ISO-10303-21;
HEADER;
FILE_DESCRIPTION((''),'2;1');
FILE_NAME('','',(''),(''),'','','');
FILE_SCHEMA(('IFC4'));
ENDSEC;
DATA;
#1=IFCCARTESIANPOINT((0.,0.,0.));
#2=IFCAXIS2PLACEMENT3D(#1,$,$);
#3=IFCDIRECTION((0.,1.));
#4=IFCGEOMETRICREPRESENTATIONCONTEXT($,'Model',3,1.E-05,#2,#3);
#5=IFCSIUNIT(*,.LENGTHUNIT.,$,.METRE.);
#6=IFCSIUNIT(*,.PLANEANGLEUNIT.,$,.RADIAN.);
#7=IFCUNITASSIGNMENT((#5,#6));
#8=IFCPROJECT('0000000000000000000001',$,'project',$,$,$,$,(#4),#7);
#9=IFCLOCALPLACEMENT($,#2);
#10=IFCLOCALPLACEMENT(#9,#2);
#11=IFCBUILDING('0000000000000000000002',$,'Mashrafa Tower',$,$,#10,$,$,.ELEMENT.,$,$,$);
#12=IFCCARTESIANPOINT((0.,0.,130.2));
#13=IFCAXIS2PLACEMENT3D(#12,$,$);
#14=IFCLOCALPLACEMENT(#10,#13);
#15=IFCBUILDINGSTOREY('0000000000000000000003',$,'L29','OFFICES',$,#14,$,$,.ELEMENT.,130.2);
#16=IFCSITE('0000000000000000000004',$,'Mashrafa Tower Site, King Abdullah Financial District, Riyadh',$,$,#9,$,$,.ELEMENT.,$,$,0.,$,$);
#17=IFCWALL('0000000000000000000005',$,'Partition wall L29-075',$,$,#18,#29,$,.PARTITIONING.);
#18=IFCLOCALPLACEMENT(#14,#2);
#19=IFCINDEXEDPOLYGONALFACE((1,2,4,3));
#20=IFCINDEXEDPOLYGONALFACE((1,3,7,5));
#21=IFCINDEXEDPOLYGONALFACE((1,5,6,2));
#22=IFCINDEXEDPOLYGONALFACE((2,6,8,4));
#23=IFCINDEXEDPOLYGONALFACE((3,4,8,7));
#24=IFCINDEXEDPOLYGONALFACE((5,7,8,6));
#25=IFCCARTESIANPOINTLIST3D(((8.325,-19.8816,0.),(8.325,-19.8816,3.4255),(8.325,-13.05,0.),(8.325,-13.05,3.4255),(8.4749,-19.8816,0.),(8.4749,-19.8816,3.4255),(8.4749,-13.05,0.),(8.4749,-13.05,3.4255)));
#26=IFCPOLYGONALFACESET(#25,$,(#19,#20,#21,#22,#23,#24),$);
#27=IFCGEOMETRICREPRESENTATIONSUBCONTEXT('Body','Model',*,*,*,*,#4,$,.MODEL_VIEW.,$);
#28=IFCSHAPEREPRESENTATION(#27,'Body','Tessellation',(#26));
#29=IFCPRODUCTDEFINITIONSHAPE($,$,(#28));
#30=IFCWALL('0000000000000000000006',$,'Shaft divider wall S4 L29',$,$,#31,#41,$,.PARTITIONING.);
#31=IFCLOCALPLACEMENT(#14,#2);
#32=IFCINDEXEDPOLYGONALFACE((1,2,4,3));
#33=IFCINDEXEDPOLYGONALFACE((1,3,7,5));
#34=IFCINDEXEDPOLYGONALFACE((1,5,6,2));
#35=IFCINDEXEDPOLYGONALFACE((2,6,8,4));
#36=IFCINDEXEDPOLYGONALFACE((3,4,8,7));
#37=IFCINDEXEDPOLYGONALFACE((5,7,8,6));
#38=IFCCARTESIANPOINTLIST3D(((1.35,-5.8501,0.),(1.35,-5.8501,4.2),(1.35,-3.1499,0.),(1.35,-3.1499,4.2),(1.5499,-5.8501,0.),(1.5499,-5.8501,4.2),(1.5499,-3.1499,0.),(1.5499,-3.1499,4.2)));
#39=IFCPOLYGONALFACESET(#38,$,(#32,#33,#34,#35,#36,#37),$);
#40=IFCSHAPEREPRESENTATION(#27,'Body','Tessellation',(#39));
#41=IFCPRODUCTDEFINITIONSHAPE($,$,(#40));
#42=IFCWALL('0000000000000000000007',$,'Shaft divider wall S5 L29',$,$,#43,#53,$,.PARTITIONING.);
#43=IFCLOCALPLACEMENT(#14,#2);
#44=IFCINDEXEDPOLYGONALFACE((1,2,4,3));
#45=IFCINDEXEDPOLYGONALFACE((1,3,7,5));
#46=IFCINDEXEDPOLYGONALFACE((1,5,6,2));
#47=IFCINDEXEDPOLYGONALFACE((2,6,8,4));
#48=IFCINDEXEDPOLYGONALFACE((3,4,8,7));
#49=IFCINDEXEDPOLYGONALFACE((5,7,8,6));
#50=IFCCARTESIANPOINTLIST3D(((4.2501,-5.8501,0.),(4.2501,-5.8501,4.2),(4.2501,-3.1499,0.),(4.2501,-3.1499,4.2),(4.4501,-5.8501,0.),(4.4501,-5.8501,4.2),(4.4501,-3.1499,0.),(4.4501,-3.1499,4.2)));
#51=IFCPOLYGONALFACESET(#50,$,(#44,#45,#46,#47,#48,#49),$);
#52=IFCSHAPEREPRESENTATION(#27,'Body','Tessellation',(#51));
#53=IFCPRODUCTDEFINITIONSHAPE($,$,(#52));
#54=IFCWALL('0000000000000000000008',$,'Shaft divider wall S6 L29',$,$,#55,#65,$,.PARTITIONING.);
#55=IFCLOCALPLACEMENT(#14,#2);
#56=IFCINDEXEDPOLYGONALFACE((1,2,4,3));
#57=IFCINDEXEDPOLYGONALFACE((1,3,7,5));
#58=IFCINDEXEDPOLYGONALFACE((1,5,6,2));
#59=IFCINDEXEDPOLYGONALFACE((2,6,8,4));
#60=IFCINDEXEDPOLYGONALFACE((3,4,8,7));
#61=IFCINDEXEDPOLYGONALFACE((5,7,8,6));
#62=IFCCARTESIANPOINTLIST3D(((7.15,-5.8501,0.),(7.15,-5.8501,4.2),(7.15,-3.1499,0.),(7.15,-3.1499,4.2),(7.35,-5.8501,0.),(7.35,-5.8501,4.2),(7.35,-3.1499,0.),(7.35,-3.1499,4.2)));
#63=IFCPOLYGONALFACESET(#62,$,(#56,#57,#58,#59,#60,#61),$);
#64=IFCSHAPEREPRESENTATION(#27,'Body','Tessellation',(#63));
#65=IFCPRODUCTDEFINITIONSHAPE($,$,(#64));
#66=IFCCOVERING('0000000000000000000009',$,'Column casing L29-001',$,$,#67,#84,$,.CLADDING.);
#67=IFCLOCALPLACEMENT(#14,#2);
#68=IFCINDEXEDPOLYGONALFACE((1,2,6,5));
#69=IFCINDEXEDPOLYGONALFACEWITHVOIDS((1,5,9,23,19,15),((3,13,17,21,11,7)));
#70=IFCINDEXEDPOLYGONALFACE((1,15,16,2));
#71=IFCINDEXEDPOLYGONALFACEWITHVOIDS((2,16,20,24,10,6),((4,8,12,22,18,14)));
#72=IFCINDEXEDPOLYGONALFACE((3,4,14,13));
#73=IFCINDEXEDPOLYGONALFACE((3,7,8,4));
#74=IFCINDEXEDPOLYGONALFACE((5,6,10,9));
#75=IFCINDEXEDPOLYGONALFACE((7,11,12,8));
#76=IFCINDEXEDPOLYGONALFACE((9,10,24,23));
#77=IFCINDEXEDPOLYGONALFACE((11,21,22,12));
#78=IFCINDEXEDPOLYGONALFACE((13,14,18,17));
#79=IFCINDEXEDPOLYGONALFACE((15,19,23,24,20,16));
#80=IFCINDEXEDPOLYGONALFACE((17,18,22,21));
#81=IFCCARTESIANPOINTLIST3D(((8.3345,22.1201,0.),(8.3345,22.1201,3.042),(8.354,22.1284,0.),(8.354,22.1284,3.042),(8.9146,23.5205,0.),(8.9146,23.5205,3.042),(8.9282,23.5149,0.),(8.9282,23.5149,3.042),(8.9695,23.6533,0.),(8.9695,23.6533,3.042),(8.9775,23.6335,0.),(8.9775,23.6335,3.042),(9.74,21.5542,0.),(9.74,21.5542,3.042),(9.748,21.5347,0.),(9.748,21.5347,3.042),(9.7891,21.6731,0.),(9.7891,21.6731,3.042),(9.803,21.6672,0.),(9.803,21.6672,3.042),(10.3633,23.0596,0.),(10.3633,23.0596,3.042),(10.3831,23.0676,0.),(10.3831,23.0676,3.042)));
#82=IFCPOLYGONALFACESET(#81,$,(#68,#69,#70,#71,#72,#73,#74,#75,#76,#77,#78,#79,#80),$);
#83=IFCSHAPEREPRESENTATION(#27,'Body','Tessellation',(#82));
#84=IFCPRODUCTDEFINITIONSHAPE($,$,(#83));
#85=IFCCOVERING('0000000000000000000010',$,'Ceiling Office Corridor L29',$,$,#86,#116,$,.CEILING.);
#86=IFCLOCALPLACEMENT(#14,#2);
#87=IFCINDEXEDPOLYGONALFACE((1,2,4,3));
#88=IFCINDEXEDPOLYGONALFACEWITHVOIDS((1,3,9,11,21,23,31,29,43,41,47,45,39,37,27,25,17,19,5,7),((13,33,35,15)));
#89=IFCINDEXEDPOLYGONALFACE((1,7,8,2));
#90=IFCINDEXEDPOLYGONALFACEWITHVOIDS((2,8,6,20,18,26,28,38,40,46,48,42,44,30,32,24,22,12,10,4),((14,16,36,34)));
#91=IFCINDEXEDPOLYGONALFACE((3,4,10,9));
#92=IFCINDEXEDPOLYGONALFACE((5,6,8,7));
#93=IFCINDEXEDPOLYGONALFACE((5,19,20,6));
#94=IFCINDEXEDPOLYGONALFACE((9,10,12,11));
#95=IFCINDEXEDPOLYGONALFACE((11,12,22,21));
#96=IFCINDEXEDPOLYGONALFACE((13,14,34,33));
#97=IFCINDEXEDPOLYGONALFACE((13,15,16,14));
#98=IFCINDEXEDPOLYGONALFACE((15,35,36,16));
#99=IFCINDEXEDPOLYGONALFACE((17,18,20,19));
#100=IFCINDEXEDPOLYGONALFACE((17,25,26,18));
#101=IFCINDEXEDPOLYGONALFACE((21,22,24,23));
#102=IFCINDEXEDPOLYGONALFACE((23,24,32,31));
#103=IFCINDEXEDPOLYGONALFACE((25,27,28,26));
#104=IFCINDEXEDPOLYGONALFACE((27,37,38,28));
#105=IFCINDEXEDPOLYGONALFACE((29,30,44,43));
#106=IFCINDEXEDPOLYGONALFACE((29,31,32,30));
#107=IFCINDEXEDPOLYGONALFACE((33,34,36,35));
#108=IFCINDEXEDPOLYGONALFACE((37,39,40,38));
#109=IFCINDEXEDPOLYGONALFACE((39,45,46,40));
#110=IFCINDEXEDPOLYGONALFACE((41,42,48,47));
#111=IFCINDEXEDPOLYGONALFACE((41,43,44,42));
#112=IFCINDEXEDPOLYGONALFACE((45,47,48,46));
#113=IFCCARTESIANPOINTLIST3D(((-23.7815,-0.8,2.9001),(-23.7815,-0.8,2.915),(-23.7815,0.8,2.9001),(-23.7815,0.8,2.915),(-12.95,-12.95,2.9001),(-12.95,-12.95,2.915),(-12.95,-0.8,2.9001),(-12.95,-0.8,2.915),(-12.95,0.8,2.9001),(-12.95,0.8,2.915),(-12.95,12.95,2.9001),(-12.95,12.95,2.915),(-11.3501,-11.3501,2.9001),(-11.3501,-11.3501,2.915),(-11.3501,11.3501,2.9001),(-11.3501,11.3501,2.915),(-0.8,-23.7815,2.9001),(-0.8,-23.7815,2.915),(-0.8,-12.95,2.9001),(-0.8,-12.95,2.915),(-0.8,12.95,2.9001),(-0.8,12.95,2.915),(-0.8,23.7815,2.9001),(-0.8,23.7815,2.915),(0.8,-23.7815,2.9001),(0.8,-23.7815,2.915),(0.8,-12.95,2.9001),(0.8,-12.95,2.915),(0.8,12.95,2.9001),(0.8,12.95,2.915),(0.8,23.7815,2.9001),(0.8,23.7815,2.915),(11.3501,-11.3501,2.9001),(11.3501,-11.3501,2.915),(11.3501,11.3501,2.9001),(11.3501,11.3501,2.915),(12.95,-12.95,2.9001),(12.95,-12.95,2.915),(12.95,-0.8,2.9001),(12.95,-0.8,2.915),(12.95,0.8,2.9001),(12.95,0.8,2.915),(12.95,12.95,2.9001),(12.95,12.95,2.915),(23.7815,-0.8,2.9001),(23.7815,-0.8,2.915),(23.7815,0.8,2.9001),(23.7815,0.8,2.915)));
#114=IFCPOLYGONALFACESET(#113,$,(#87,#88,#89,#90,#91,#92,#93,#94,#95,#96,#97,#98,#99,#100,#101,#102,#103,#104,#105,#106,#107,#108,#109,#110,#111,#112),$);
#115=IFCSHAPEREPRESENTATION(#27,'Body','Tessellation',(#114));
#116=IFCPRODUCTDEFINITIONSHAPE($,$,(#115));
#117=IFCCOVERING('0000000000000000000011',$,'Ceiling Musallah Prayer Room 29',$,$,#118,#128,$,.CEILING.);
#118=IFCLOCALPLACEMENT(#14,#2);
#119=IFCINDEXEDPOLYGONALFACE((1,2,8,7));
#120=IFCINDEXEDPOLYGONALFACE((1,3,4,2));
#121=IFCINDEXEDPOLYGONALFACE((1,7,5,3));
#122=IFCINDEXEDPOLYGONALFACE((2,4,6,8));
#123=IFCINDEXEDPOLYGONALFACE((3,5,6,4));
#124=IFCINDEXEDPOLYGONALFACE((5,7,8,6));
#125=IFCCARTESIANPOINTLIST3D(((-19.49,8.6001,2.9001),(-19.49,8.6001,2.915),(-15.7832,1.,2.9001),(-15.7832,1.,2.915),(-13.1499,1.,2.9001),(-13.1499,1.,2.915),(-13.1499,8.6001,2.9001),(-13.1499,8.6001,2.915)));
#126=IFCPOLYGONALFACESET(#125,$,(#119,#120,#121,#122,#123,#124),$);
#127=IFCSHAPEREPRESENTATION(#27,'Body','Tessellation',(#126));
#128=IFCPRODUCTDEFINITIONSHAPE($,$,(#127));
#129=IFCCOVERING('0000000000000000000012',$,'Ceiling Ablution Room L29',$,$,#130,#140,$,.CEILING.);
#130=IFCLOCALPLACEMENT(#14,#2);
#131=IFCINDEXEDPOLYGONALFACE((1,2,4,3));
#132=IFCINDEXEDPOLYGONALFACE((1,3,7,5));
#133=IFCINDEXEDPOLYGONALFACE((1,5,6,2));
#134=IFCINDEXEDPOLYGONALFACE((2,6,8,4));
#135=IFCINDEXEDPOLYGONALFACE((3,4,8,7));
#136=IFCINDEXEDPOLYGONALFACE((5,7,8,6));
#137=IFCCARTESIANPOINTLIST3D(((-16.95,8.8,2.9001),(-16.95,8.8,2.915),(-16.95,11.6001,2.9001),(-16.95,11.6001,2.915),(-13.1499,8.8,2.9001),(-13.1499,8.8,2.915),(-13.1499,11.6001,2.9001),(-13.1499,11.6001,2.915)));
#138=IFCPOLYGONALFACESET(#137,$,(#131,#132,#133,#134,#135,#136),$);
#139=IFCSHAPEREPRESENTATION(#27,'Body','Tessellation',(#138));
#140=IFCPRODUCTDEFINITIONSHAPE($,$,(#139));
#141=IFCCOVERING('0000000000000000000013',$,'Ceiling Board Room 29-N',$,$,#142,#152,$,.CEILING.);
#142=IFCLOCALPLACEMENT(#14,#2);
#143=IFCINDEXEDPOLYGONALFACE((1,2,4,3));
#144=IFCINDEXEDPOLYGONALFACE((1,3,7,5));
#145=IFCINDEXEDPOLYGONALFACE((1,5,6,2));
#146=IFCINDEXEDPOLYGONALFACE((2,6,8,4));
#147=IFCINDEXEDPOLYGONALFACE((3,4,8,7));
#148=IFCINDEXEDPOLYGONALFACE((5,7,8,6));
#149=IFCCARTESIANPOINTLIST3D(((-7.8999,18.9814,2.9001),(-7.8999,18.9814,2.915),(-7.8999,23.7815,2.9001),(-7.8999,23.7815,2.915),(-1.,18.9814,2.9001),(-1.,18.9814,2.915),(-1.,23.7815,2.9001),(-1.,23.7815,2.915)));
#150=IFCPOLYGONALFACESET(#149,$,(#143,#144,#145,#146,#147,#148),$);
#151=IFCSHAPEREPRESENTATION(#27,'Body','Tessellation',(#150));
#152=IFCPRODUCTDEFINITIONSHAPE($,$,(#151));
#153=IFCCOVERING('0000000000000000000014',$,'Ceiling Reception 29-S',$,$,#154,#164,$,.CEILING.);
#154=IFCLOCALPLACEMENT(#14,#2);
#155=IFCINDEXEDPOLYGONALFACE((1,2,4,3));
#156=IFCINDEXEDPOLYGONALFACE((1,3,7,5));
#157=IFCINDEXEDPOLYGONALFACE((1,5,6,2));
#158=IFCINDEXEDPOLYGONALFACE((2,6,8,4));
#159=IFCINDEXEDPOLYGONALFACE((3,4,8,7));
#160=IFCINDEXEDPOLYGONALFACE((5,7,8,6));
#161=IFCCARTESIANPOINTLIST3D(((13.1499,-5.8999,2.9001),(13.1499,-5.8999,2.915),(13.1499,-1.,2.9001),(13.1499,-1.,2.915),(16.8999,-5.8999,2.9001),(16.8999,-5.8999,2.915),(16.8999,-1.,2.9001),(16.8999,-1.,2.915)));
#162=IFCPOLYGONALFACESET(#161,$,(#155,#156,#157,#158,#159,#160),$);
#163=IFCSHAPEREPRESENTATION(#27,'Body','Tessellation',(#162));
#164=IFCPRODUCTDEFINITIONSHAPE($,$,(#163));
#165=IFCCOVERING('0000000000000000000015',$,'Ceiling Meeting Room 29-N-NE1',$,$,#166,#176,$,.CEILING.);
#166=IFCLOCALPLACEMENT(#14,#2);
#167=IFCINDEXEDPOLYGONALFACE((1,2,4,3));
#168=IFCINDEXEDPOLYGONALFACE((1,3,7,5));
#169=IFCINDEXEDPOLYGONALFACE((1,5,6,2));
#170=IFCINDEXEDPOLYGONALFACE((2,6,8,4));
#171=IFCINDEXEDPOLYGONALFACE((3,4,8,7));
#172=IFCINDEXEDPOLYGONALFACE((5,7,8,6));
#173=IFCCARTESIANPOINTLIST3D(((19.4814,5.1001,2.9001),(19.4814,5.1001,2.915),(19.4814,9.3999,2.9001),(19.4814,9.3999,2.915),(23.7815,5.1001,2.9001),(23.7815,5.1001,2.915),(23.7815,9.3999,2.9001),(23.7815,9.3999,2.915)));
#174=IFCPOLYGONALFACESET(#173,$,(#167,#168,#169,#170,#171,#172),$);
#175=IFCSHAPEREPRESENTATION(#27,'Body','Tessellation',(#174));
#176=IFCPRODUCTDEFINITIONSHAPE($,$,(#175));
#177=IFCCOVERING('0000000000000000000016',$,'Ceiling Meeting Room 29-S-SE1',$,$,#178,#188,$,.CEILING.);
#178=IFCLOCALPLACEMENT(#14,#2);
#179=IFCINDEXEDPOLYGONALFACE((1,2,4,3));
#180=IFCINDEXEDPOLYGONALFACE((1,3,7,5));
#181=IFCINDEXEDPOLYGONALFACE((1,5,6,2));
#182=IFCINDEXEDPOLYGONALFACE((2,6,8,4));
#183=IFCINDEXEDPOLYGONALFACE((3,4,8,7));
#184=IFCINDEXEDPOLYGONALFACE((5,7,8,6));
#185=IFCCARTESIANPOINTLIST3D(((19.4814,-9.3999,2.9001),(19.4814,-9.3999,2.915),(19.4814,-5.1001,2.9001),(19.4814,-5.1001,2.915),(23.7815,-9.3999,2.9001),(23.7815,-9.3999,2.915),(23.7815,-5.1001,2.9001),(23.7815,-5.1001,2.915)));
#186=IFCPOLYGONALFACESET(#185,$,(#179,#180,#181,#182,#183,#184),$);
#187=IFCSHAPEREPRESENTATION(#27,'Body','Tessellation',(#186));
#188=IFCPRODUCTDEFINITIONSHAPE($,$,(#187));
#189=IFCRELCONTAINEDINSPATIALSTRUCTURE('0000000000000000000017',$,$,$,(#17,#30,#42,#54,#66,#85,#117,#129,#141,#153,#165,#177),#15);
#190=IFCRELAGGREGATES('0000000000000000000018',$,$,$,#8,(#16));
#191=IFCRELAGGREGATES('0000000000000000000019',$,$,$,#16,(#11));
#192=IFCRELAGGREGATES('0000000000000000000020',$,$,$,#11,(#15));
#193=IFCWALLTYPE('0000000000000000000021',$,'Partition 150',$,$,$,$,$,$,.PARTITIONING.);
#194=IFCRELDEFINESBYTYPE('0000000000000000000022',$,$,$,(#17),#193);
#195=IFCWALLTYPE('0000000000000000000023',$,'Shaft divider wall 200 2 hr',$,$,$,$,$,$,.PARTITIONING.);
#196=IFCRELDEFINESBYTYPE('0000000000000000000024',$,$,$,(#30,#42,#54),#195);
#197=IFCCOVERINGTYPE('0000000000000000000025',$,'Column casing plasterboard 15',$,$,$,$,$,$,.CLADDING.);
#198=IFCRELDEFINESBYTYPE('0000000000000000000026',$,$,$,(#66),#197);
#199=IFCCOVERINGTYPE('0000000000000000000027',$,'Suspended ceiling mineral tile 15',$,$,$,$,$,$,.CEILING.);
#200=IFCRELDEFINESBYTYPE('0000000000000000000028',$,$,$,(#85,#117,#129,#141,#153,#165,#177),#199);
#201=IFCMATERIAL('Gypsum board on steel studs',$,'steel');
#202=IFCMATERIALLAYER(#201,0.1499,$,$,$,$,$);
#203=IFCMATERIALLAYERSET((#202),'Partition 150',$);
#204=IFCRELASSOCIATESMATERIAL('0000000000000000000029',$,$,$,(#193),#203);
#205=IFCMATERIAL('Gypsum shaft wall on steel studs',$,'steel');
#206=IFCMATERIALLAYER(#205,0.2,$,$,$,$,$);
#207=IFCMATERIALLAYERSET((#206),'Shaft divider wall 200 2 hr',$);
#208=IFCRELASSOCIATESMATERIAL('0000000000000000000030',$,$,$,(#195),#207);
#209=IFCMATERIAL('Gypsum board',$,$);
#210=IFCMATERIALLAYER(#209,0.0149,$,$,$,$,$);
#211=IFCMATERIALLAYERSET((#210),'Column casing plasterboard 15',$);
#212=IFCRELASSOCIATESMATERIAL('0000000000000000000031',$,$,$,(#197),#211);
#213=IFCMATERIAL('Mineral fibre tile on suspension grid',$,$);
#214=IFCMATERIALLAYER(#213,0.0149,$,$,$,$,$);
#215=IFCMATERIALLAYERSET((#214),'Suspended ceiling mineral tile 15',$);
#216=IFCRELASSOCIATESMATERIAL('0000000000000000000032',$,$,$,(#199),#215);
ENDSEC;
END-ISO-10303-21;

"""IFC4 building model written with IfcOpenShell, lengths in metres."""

from ifc_helpers import new_model, si_unit, direction, frame, frame_2d, origin, place, context, subcontext, project, spatial, polyline, rectangle, outline, extrude, material, layer, layer_set, type_object, element, save


model = new_model("IFC4")

# Units and contexts
model_context = context("Model", 3, precision=1e-05, world=origin(), true_north=direction((0.0, 1.0)))
body_context = subcontext(model_context, "Body", "Model", "MODEL_VIEW")
ifc_project = project(units=[si_unit("LENGTHUNIT", "METRE"), si_unit("PLANEANGLEUNIT", "RADIAN")], contexts=[model_context])

# Site, building, storey
site_placement = place(None, origin())
site = spatial("IfcSite", under=ifc_project, at=site_placement, Name="Mashrafa Tower Site, King Abdullah Financial District, Riyadh", CompositionType="ELEMENT", RefElevation=0.0)
building_placement = place(site_placement, origin())
building = spatial("IfcBuilding", under=site, at=building_placement, Name="Mashrafa Tower", CompositionType="ELEMENT")
storey_placement = place(building_placement, frame((0.0, 0.0, 130.2)))
storey = spatial("IfcBuildingStorey", under=building, at=storey_placement, Name="L29", Description="OFFICES", CompositionType="ELEMENT", Elevation=130.2)

# Walls
ifc_material_1 = material(Name="Gypsum board on steel studs", Category="steel")
ifc_layer_1 = layer(ifc_material_1, 0.1499)
ifc_layer_set_1 = layer_set([ifc_layer_1], Name="Partition 150")
wall_type_1 = type_object("IfcWallType", Name="Partition 150", PredefinedType="PARTITIONING", material=ifc_layer_set_1)
wall_1_placement = place(storey_placement, frame((8.3999, -13.05, 0.0), z_axis=(0.0, 0.0, 1.0), x_axis=(0.0, -1.0, 0.0)))
element("IfcWall", 1, at=wall_1_placement, inside=storey, type_object=wall_type_1, Name="Partition wall L29-075", PredefinedType="PARTITIONING", context=body_context, shape_type="SweptSolid", body=[
    extrude(rectangle(XDim=6.8315, YDim=0.1499, at=frame_2d((3.4158, 0.0))), origin(), (0.0, 0.0, 1.0), 3.4255),
])
ifc_material_2 = material(Name="Gypsum shaft wall on steel studs", Category="steel")
ifc_layer_2 = layer(ifc_material_2, 0.2)
ifc_layer_set_2 = layer_set([ifc_layer_2], Name="Shaft divider wall 200 2 hr")
wall_type_2 = type_object("IfcWallType", Name="Shaft divider wall 200 2 hr", PredefinedType="PARTITIONING", material=ifc_layer_set_2)
for number, where, z_axis, x_axis, name in (
    (2, (1.45, -5.8501, 0.0), (0.0, 0.0, 1.0), (0.0, 1.0, 0.0), "Shaft divider wall S4 L29"),
    (3, (4.3501, -5.8501, 0.0), (0.0, 0.0, 1.0), (0.0, 1.0, 0.0), "Shaft divider wall S5 L29"),
    (4, (7.25, -5.8501, 0.0), (0.0, 0.0, 1.0), (0.0, 1.0, 0.0), "Shaft divider wall S6 L29"),
):
    element("IfcWall", number, at=place(storey_placement, frame(where, z_axis=z_axis, x_axis=x_axis)), inside=storey, type_object=wall_type_2, Name=name, PredefinedType="PARTITIONING", context=body_context, shape_type="SweptSolid", body=[
        extrude(rectangle(XDim=2.7002, YDim=0.2, at=frame_2d((1.3501, 0.0))), origin(), (0.0, 0.0, 1.0), 4.2),
    ])

# Coverings
ifc_material_3 = material(Name="Gypsum board")
ifc_layer_3 = layer(ifc_material_3, 0.0149)
ifc_layer_set_3 = layer_set([ifc_layer_3], Name="Column casing plasterboard 15")
covering_type_1 = type_object("IfcCoveringType", Name="Column casing plasterboard 15", PredefinedType="CLADDING", material=ifc_layer_set_3)
covering_1_placement = place(storey_placement, origin())
element("IfcCovering", 5, at=covering_1_placement, inside=storey, type_object=covering_type_1, Name="Column casing L29-001", PredefinedType="CLADDING", context=body_context, shape_type="SweptSolid", body=[
    extrude(outline(polyline([(8.3345, 22.1201), (8.9146, 23.5205), (8.9695, 23.6533), (10.3831, 23.0676), (9.803, 21.6672), (9.748, 21.5347), (8.3345, 22.1201)]), holes=[polyline([(9.7891, 21.6731), (10.3633, 23.0596), (8.9775, 23.6335), (8.9282, 23.5149), (8.354, 22.1284), (9.74, 21.5542), (9.7891, 21.6731)])]), origin(), (0.0, 0.0, 1.0), 3.042),
])
ifc_material_4 = material(Name="Mineral fibre tile on suspension grid")
ifc_layer_4 = layer(ifc_material_4, 0.0149)
ifc_layer_set_4 = layer_set([ifc_layer_4], Name="Suspended ceiling mineral tile 15")
covering_type_2 = type_object("IfcCoveringType", Name="Suspended ceiling mineral tile 15", PredefinedType="CEILING", material=ifc_layer_set_4)
covering_2_placement = place(storey_placement, frame((0.0, 0.0, 2.9001)))
element("IfcCovering", 6, at=covering_2_placement, inside=storey, type_object=covering_type_2, Name="Ceiling Office Corridor L29", PredefinedType="CEILING", context=body_context, shape_type="SweptSolid", body=[
    extrude(outline(polyline([(-12.95, -12.95), (-12.95, -0.8), (-23.7815, -0.8), (-23.7815, 0.8), (-12.95, 0.8), (-12.95, 12.95), (-0.8, 12.95), (-0.8, 23.7815), (0.8, 23.7815), (0.8, 12.95), (12.95, 12.95), (12.95, 0.8), (23.7815, 0.8), (23.7815, -0.8), (12.95, -0.8), (12.95, -12.95), (0.8, -12.95), (0.8, -23.7815), (-0.8, -23.7815), (-0.8, -12.95), (-12.95, -12.95)]), holes=[polyline([(11.3501, 11.3501), (-11.3501, 11.3501), (-11.3501, -11.3501), (11.3501, -11.3501), (11.3501, 11.3501)])]), origin(), (0.0, 0.0, 1.0), 0.0149),
])
covering_3_placement = place(storey_placement, frame((0.0, 0.0, 2.9001)))
element("IfcCovering", 7, at=covering_3_placement, inside=storey, type_object=covering_type_2, Name="Ceiling Musallah Prayer Room 29", PredefinedType="CEILING", context=body_context, shape_type="SweptSolid", body=[
    extrude(outline(polyline([(-15.7832, 1.0), (-19.49, 8.6001), (-13.1499, 8.6001), (-13.1499, 1.0), (-15.7832, 1.0)])), origin(), (0.0, 0.0, 1.0), 0.0149),
])
covering_4_placement = place(storey_placement, frame((0.0, 0.0, 2.9001)))
element("IfcCovering", 8, at=covering_4_placement, inside=storey, type_object=covering_type_2, Name="Ceiling Ablution Room L29", PredefinedType="CEILING", context=body_context, shape_type="SweptSolid", body=[
    extrude(outline(polyline([(-16.95, 8.8), (-16.95, 11.6001), (-13.1499, 11.6001), (-13.1499, 8.8), (-16.95, 8.8)])), origin(), (0.0, 0.0, 1.0), 0.0149),
])
covering_5_placement = place(storey_placement, frame((0.0, 0.0, 2.9001)))
element("IfcCovering", 9, at=covering_5_placement, inside=storey, type_object=covering_type_2, Name="Ceiling Board Room 29-N", PredefinedType="CEILING", context=body_context, shape_type="SweptSolid", body=[
    extrude(outline(polyline([(-7.8999, 23.7815), (-1.0, 23.7815), (-1.0, 18.9814), (-7.8999, 18.9814), (-7.8999, 23.7815)])), origin(), (0.0, 0.0, 1.0), 0.0149),
])
covering_6_placement = place(storey_placement, frame((0.0, 0.0, 2.9001)))
element("IfcCovering", 10, at=covering_6_placement, inside=storey, type_object=covering_type_2, Name="Ceiling Reception 29-S", PredefinedType="CEILING", context=body_context, shape_type="SweptSolid", body=[
    extrude(outline(polyline([(13.1499, -1.0), (16.8999, -1.0), (16.8999, -5.8999), (13.1499, -5.8999), (13.1499, -1.0)])), origin(), (0.0, 0.0, 1.0), 0.0149),
])
covering_7_placement = place(storey_placement, frame((0.0, 0.0, 2.9001)))
element("IfcCovering", 11, at=covering_7_placement, inside=storey, type_object=covering_type_2, Name="Ceiling Meeting Room 29-N-NE1", PredefinedType="CEILING", context=body_context, shape_type="SweptSolid", body=[
    extrude(outline(polyline([(19.4814, 9.3999), (23.7815, 9.3999), (23.7815, 5.1001), (19.4814, 5.1001), (19.4814, 9.3999)])), origin(), (0.0, 0.0, 1.0), 0.0149),
])
covering_8_placement = place(storey_placement, frame((0.0, 0.0, 2.9001)))
element("IfcCovering", 12, at=covering_8_placement, inside=storey, type_object=covering_type_2, Name="Ceiling Meeting Room 29-S-SE1", PredefinedType="CEILING", context=body_context, shape_type="SweptSolid", body=[
    extrude(outline(polyline([(19.4814, -5.1001), (23.7815, -5.1001), (23.7815, -9.3999), (19.4814, -9.3999), (19.4814, -5.1001)])), origin(), (0.0, 0.0, 1.0), 0.0149),
])

save(model, "model.ifc")
